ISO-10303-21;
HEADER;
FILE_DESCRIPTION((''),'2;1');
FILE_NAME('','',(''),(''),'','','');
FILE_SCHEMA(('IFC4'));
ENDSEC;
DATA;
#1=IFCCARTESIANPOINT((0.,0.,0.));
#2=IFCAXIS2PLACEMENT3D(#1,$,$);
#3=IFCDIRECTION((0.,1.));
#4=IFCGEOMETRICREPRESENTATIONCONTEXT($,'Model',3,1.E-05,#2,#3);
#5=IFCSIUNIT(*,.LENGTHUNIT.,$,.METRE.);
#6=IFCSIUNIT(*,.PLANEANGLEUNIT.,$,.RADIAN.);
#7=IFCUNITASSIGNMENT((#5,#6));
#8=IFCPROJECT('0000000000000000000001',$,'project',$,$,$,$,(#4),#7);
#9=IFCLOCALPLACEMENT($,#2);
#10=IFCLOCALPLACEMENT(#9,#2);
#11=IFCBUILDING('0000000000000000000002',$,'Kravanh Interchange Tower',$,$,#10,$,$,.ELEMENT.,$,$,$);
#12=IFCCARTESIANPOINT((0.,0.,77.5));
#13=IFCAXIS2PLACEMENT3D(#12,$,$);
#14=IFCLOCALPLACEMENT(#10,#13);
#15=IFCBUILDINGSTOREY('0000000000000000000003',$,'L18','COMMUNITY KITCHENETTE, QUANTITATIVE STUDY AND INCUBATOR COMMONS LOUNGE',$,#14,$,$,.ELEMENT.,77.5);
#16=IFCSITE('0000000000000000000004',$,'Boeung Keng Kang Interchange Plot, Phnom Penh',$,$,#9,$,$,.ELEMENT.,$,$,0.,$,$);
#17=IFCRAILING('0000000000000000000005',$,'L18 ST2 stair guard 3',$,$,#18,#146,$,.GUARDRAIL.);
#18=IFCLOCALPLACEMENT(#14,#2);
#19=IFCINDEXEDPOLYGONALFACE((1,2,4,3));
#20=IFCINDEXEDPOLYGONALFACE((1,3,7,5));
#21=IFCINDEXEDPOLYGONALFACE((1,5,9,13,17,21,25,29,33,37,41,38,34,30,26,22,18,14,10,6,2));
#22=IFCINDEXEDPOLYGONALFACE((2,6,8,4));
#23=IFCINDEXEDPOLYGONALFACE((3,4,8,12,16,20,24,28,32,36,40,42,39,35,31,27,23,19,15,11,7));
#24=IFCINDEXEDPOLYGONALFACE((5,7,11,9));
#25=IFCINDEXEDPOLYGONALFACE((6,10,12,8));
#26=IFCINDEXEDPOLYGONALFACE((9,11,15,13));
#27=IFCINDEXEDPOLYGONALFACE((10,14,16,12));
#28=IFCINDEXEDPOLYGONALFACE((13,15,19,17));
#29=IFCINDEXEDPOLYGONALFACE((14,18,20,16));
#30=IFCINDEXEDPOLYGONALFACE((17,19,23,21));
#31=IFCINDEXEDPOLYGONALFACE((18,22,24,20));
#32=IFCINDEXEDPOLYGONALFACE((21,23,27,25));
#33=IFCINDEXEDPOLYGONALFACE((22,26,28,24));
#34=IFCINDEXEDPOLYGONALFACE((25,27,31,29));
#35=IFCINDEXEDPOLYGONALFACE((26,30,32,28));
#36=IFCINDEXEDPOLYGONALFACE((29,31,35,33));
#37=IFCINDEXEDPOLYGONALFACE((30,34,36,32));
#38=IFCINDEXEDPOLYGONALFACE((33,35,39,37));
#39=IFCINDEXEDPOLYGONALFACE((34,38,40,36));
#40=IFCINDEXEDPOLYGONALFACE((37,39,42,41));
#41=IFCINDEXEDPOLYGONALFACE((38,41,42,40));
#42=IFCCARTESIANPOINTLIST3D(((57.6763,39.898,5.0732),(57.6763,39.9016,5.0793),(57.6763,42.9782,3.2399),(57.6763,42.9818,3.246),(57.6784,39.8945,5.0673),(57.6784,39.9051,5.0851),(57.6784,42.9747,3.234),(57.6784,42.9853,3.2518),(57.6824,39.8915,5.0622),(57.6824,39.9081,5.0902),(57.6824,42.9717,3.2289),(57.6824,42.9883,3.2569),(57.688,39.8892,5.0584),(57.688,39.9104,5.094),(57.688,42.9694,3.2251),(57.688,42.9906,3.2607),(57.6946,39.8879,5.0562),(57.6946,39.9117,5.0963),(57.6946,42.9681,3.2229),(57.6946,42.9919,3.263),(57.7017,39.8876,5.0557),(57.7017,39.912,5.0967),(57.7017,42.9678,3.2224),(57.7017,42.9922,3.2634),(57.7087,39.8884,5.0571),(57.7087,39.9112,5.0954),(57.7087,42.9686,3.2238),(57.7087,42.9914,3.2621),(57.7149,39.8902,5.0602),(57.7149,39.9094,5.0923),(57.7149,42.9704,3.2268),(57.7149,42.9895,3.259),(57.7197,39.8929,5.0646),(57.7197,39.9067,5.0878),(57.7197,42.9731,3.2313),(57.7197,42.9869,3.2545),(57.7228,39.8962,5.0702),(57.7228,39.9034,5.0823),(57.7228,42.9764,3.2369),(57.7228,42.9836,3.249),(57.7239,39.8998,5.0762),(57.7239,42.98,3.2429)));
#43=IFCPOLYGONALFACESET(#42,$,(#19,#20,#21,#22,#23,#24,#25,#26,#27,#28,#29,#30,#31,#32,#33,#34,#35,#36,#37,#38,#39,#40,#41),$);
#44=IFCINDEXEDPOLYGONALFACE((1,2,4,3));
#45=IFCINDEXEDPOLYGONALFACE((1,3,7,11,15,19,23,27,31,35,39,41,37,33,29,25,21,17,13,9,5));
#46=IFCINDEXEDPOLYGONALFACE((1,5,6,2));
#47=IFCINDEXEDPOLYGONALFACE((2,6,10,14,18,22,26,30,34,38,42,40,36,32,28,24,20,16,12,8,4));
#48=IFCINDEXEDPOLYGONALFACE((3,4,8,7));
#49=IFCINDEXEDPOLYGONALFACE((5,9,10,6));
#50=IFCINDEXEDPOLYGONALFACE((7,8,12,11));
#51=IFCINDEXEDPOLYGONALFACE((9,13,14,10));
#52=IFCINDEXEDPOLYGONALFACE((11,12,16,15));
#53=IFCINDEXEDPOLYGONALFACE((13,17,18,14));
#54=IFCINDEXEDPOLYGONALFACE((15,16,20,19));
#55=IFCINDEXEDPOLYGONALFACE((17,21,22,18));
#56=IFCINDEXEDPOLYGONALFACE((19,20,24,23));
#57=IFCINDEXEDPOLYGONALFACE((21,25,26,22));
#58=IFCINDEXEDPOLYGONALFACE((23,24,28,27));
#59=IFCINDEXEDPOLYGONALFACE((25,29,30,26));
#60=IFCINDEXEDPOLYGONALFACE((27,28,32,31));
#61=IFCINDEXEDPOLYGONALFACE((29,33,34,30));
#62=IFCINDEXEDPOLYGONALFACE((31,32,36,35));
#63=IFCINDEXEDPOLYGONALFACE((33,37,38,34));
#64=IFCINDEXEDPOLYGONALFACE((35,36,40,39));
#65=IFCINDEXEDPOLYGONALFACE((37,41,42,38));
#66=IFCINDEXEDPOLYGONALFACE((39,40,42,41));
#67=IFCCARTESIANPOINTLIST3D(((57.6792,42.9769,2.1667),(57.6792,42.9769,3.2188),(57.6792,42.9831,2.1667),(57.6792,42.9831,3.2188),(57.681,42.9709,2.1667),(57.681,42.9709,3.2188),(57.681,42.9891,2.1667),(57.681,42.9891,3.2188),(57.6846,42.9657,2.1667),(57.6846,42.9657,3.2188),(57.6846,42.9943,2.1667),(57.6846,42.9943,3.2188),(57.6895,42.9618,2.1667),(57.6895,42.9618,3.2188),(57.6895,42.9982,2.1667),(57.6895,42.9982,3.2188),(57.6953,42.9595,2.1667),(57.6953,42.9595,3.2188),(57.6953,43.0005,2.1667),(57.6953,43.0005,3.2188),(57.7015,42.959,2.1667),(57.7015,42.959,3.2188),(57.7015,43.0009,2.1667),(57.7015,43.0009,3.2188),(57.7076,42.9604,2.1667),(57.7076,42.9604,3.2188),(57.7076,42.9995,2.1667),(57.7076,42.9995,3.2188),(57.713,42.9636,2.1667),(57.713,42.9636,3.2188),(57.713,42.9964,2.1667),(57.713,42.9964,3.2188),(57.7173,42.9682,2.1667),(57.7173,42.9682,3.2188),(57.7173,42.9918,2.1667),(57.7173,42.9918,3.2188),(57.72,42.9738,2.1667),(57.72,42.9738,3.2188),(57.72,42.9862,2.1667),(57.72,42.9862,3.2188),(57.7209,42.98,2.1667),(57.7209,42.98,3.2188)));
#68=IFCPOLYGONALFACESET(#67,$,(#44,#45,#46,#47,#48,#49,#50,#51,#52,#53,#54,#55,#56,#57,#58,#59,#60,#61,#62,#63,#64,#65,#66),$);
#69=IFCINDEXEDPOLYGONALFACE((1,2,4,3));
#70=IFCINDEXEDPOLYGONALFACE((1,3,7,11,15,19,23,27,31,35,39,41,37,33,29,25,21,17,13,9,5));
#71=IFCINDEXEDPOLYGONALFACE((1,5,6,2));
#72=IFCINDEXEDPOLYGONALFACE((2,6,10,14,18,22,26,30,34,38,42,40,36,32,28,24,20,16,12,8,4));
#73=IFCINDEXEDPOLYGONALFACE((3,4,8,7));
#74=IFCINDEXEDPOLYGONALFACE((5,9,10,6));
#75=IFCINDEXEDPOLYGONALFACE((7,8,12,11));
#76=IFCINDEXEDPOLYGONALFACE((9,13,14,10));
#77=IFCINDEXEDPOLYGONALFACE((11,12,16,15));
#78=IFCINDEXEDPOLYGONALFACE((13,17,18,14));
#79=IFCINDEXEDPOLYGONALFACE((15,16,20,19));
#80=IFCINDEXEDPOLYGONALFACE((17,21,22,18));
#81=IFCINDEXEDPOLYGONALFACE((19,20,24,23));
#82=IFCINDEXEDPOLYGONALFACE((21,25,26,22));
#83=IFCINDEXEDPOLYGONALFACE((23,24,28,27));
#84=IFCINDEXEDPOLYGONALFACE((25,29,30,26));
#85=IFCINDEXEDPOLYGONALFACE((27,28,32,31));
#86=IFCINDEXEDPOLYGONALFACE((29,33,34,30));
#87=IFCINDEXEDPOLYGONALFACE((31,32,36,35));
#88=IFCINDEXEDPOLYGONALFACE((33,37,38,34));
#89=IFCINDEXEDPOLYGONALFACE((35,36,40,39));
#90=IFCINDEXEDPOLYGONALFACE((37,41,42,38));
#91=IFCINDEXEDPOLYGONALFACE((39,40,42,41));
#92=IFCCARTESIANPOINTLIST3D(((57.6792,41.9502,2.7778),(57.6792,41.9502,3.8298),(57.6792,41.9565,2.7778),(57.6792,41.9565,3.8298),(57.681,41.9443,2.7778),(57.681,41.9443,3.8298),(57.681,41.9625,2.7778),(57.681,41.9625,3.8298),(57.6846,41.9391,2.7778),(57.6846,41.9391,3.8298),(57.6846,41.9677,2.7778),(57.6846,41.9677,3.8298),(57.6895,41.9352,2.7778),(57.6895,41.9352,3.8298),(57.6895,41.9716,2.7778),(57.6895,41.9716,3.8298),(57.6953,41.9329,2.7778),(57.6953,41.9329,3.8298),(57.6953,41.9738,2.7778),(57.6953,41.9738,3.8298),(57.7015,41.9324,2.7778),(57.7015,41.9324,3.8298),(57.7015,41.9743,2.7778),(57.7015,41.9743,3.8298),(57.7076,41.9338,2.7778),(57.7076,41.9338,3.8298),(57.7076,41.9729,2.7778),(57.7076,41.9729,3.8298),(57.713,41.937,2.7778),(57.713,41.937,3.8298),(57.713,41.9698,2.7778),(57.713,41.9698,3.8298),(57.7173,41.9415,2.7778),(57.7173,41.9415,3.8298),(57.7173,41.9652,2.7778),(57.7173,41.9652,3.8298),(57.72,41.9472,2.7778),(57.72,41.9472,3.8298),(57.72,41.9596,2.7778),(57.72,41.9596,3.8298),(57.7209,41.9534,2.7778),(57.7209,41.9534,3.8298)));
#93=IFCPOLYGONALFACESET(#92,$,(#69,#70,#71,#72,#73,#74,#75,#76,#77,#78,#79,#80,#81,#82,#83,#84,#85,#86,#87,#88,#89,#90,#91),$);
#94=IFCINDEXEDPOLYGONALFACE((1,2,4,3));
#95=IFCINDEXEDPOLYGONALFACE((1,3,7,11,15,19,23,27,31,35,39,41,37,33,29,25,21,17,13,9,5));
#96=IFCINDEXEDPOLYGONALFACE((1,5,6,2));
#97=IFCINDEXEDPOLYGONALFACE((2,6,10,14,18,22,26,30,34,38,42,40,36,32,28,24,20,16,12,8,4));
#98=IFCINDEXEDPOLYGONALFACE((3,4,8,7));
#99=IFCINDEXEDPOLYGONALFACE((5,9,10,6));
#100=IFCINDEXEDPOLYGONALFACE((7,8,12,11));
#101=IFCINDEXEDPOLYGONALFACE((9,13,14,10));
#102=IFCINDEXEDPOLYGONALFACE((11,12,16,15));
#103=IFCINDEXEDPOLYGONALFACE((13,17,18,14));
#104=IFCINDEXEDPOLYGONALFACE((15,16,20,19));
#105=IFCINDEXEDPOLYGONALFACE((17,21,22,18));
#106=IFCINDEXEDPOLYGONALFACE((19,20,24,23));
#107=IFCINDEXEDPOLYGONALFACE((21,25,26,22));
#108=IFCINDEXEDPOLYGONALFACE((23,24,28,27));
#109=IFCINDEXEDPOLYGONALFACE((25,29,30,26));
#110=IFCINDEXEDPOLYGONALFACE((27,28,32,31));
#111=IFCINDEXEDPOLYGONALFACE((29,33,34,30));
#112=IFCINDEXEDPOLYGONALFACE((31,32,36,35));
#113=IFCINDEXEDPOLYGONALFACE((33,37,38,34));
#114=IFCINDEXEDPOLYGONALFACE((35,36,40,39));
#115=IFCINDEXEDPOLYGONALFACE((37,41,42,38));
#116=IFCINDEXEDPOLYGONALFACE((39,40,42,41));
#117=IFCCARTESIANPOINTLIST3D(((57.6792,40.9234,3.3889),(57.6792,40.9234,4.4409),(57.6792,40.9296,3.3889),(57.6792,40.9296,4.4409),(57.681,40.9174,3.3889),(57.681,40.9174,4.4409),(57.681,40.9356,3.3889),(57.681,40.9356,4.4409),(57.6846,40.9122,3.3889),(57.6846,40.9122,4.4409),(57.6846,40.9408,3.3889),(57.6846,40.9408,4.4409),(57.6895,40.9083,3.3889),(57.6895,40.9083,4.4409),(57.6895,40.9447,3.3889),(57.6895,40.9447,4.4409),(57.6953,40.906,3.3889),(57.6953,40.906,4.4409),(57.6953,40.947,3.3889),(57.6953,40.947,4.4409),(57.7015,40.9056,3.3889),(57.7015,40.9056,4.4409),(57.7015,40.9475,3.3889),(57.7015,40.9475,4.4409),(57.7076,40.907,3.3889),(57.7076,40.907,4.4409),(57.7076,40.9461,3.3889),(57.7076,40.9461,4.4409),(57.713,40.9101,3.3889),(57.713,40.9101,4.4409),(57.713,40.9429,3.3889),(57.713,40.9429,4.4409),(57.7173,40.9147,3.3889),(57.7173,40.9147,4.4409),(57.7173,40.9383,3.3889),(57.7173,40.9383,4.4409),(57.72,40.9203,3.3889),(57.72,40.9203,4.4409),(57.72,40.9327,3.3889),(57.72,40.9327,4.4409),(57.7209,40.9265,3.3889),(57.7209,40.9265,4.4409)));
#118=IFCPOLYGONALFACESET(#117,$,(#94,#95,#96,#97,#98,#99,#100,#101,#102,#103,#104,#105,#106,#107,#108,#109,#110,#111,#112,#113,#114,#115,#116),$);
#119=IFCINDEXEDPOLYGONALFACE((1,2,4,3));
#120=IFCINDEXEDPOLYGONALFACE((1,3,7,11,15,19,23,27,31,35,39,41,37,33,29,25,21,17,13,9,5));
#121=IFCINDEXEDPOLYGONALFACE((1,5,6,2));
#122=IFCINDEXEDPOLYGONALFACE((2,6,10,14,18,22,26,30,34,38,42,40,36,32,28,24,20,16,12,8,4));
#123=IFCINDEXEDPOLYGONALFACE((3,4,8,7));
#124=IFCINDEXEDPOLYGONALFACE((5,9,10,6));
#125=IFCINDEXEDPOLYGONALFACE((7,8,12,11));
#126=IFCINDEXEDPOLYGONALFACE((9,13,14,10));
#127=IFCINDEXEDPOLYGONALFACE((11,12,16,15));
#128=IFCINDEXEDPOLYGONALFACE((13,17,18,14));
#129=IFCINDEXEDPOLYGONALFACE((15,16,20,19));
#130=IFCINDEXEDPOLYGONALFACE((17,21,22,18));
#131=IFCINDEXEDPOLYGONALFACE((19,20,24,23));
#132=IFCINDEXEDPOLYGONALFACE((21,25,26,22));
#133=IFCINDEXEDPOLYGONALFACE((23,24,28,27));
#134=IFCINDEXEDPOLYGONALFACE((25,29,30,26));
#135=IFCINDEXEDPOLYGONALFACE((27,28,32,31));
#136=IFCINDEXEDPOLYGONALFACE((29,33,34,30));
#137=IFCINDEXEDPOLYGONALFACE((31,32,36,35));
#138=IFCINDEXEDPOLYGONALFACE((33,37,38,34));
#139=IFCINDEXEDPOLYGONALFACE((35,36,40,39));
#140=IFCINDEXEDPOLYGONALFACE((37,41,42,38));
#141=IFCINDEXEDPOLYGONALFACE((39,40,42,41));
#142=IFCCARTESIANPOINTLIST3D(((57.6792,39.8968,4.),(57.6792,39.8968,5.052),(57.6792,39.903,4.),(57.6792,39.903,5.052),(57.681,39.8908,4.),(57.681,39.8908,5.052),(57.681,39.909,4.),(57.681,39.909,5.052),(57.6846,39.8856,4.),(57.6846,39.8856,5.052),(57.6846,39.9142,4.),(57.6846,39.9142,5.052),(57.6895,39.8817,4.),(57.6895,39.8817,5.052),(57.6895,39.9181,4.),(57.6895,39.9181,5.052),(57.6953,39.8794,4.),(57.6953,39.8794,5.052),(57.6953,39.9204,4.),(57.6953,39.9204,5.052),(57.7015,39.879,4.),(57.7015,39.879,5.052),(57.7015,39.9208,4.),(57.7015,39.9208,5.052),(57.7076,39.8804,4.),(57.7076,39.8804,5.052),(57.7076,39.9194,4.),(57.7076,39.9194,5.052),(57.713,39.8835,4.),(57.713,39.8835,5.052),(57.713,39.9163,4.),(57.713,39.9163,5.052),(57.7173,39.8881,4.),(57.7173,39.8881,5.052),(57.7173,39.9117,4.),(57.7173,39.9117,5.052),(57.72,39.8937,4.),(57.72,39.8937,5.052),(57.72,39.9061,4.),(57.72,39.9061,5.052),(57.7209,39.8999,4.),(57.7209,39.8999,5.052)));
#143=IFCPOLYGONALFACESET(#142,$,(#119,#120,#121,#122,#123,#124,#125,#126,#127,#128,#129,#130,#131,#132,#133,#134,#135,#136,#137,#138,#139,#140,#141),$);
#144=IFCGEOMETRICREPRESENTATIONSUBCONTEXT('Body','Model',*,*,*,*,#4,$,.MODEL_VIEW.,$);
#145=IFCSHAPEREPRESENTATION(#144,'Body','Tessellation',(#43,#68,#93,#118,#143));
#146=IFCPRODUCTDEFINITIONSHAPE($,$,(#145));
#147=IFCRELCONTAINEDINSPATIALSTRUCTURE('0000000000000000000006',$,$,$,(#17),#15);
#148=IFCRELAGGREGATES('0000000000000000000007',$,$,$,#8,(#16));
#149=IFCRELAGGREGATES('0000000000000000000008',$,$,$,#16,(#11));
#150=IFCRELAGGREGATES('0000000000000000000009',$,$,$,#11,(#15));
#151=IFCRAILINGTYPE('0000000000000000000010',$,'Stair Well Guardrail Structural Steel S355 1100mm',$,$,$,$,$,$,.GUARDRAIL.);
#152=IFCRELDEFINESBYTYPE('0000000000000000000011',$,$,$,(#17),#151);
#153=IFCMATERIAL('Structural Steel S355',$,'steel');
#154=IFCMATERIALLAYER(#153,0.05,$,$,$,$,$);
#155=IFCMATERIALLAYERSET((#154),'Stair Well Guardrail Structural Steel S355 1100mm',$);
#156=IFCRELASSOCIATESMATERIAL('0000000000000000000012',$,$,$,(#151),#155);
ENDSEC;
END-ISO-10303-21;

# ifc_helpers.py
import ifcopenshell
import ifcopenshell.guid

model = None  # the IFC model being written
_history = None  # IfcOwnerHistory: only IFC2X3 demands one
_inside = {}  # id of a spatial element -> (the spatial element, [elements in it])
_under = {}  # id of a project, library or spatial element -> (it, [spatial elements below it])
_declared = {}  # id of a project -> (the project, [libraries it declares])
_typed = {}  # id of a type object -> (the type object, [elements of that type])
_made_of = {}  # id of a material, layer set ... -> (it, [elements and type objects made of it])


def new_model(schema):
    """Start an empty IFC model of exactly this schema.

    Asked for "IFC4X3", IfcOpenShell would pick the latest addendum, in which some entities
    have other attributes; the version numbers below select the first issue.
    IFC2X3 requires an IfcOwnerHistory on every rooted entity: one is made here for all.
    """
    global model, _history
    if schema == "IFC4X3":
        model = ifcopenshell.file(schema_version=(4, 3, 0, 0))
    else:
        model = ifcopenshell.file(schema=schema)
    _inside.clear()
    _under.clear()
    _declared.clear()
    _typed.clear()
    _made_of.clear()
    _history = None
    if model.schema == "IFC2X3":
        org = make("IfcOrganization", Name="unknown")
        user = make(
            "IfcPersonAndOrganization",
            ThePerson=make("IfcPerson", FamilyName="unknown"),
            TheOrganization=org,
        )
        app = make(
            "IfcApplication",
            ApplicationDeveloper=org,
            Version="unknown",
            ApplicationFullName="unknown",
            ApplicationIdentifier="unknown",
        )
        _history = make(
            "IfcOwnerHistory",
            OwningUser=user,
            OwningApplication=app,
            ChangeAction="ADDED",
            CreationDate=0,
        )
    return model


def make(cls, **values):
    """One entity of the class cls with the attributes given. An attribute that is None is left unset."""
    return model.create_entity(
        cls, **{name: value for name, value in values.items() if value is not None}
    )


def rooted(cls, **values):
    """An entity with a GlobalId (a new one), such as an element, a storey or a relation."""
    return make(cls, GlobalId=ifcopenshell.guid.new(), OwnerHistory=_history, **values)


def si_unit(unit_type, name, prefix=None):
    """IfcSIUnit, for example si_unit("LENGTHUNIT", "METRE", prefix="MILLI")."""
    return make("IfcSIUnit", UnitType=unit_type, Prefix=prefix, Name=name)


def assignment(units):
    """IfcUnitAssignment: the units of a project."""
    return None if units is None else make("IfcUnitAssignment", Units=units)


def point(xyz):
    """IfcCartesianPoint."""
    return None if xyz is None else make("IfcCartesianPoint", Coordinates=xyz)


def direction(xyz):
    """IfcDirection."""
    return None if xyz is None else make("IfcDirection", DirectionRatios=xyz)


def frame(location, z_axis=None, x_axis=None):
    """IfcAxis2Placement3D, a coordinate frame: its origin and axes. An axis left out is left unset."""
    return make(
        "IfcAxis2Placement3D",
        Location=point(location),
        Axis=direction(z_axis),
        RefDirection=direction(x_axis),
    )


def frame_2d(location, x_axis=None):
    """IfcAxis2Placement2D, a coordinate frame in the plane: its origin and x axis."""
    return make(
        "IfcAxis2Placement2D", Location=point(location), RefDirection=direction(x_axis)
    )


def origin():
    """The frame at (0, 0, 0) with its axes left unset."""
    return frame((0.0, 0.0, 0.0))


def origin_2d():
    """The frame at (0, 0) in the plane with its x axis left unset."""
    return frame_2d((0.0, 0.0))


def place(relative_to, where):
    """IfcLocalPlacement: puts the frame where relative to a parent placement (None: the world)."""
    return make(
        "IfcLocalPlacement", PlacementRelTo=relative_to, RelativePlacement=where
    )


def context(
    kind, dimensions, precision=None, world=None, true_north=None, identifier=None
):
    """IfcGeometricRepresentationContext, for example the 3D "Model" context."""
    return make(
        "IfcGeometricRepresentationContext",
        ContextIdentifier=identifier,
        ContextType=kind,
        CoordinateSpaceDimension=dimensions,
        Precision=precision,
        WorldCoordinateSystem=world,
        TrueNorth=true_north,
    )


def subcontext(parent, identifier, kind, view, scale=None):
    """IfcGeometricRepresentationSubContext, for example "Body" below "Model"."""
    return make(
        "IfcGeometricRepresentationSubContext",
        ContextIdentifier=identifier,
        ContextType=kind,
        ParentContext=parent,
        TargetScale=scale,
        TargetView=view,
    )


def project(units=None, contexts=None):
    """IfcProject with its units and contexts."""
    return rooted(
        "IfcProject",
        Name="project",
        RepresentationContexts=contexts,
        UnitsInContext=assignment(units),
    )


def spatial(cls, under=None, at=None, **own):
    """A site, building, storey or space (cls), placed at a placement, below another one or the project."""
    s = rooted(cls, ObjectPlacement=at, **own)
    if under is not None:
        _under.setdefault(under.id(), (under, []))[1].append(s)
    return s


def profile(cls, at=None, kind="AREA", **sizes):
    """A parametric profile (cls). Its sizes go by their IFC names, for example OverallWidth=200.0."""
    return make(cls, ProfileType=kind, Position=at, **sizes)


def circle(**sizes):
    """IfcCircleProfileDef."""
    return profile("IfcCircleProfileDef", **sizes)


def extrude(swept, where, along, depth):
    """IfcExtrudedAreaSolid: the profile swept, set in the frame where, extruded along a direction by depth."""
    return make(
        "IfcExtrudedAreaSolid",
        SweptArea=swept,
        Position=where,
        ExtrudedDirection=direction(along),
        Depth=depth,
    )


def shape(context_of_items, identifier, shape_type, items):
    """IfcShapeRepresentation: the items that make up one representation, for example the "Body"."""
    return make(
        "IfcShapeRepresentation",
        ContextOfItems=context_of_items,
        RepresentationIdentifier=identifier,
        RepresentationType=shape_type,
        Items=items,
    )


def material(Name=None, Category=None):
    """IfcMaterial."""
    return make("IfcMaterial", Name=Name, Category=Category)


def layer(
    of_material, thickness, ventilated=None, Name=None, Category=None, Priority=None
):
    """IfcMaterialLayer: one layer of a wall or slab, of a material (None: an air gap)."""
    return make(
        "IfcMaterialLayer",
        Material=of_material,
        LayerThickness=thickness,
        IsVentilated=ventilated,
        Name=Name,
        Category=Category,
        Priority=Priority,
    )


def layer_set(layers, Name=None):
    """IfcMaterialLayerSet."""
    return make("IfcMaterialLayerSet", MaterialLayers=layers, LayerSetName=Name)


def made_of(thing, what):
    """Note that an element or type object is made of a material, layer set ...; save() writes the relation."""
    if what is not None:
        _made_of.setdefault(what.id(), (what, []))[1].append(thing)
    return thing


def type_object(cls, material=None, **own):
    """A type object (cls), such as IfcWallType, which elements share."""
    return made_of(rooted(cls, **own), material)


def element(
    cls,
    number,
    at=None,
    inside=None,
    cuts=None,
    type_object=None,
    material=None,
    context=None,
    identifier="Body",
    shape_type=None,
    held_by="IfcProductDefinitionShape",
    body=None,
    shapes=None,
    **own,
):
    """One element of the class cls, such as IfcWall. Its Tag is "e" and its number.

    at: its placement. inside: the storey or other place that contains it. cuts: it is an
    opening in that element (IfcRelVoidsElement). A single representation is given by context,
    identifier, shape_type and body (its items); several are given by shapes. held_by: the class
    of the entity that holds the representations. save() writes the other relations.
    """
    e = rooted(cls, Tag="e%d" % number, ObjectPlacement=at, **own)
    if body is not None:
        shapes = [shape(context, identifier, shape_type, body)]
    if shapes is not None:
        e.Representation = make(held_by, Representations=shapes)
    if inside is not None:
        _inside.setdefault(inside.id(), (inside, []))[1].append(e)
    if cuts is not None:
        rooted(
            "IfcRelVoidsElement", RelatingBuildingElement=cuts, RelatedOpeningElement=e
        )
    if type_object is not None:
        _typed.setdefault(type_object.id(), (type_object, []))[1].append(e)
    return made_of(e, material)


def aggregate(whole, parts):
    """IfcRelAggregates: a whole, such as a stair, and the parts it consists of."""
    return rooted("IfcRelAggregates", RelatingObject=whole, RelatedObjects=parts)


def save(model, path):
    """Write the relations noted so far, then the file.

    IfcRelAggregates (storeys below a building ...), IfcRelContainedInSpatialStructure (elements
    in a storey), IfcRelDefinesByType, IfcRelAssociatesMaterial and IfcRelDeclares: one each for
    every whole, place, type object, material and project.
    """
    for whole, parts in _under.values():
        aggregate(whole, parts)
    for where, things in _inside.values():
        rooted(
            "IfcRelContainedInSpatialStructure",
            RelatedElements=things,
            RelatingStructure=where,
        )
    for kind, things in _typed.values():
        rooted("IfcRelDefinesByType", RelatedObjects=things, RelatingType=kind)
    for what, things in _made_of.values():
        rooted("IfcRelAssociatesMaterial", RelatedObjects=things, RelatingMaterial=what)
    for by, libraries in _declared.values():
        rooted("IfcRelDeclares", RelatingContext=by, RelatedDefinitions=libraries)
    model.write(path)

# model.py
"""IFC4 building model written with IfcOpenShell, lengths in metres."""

from ifc_helpers import new_model, si_unit, direction, frame, origin, origin_2d, place, context, subcontext, project, spatial, circle, extrude, material, layer, layer_set, type_object, element, save


model = new_model("IFC4")

# Units and contexts
model_context = context("Model", 3, precision=1e-05, world=origin(), true_north=direction((0.0, 1.0)))
body_context = subcontext(model_context, "Body", "Model", "MODEL_VIEW")
ifc_project = project(units=[si_unit("LENGTHUNIT", "METRE"), si_unit("PLANEANGLEUNIT", "RADIAN")], contexts=[model_context])

# Site, building, storey
site_placement = place(None, origin())
site = spatial("IfcSite", under=ifc_project, at=site_placement, Name="Boeung Keng Kang Interchange Plot, Phnom Penh", CompositionType="ELEMENT", RefElevation=0.0)
building_placement = place(site_placement, origin())
building = spatial("IfcBuilding", under=site, at=building_placement, Name="Kravanh Interchange Tower", CompositionType="ELEMENT")
storey_placement = place(building_placement, frame((0.0, 0.0, 77.5)))
storey = spatial("IfcBuildingStorey", under=building, at=storey_placement, Name="L18", Description="COMMUNITY KITCHENETTE, QUANTITATIVE STUDY AND INCUBATOR COMMONS LOUNGE", CompositionType="ELEMENT", Elevation=77.5)

# Railing
ifc_material_1 = material(Name="Structural Steel S355", Category="steel")
ifc_layer_1 = layer(ifc_material_1, 0.05)
ifc_layer_set_1 = layer_set([ifc_layer_1], Name="Stair Well Guardrail Structural Steel S355 1100mm")
railing_type_1 = type_object("IfcRailingType", Name="Stair Well Guardrail Structural Steel S355 1100mm", PredefinedType="GUARDRAIL", material=ifc_layer_set_1)
railing_1_placement = place(storey_placement, frame((57.7, 42.98, 2.1667)))
element("IfcRailing", 1, at=railing_1_placement, inside=storey, type_object=railing_type_1, Name="L18 ST2 stair guard 3", PredefinedType="GUARDRAIL", context=body_context, shape_type="SweptSolid", body=[
    extrude(circle(Radius=0.0239, at=origin_2d()), frame((0.0, 0.0, 1.0762), z_axis=(0.0, -0.859309, 0.511458), x_axis=(1.0, 0.0, 0.0)), (0.0, 0.0, 1.0), 3.5845),
    extrude(circle(Radius=0.021, at=origin_2d()), origin(), (0.0, 0.0, 1.0), 1.052),
    extrude(circle(Radius=0.021, at=origin_2d()), frame((0.0, -1.0266, 0.6111)), (0.0, 0.0, 1.0), 1.052),
    extrude(circle(Radius=0.021, at=origin_2d()), frame((0.0, -2.0535, 1.2222)), (0.0, 0.0, 1.0), 1.052),
    extrude(circle(Radius=0.021, at=origin_2d()), frame((0.0, -3.0801, 1.8333)), (0.0, 0.0, 1.0), 1.052),
])

save(model, "model.ifc")
